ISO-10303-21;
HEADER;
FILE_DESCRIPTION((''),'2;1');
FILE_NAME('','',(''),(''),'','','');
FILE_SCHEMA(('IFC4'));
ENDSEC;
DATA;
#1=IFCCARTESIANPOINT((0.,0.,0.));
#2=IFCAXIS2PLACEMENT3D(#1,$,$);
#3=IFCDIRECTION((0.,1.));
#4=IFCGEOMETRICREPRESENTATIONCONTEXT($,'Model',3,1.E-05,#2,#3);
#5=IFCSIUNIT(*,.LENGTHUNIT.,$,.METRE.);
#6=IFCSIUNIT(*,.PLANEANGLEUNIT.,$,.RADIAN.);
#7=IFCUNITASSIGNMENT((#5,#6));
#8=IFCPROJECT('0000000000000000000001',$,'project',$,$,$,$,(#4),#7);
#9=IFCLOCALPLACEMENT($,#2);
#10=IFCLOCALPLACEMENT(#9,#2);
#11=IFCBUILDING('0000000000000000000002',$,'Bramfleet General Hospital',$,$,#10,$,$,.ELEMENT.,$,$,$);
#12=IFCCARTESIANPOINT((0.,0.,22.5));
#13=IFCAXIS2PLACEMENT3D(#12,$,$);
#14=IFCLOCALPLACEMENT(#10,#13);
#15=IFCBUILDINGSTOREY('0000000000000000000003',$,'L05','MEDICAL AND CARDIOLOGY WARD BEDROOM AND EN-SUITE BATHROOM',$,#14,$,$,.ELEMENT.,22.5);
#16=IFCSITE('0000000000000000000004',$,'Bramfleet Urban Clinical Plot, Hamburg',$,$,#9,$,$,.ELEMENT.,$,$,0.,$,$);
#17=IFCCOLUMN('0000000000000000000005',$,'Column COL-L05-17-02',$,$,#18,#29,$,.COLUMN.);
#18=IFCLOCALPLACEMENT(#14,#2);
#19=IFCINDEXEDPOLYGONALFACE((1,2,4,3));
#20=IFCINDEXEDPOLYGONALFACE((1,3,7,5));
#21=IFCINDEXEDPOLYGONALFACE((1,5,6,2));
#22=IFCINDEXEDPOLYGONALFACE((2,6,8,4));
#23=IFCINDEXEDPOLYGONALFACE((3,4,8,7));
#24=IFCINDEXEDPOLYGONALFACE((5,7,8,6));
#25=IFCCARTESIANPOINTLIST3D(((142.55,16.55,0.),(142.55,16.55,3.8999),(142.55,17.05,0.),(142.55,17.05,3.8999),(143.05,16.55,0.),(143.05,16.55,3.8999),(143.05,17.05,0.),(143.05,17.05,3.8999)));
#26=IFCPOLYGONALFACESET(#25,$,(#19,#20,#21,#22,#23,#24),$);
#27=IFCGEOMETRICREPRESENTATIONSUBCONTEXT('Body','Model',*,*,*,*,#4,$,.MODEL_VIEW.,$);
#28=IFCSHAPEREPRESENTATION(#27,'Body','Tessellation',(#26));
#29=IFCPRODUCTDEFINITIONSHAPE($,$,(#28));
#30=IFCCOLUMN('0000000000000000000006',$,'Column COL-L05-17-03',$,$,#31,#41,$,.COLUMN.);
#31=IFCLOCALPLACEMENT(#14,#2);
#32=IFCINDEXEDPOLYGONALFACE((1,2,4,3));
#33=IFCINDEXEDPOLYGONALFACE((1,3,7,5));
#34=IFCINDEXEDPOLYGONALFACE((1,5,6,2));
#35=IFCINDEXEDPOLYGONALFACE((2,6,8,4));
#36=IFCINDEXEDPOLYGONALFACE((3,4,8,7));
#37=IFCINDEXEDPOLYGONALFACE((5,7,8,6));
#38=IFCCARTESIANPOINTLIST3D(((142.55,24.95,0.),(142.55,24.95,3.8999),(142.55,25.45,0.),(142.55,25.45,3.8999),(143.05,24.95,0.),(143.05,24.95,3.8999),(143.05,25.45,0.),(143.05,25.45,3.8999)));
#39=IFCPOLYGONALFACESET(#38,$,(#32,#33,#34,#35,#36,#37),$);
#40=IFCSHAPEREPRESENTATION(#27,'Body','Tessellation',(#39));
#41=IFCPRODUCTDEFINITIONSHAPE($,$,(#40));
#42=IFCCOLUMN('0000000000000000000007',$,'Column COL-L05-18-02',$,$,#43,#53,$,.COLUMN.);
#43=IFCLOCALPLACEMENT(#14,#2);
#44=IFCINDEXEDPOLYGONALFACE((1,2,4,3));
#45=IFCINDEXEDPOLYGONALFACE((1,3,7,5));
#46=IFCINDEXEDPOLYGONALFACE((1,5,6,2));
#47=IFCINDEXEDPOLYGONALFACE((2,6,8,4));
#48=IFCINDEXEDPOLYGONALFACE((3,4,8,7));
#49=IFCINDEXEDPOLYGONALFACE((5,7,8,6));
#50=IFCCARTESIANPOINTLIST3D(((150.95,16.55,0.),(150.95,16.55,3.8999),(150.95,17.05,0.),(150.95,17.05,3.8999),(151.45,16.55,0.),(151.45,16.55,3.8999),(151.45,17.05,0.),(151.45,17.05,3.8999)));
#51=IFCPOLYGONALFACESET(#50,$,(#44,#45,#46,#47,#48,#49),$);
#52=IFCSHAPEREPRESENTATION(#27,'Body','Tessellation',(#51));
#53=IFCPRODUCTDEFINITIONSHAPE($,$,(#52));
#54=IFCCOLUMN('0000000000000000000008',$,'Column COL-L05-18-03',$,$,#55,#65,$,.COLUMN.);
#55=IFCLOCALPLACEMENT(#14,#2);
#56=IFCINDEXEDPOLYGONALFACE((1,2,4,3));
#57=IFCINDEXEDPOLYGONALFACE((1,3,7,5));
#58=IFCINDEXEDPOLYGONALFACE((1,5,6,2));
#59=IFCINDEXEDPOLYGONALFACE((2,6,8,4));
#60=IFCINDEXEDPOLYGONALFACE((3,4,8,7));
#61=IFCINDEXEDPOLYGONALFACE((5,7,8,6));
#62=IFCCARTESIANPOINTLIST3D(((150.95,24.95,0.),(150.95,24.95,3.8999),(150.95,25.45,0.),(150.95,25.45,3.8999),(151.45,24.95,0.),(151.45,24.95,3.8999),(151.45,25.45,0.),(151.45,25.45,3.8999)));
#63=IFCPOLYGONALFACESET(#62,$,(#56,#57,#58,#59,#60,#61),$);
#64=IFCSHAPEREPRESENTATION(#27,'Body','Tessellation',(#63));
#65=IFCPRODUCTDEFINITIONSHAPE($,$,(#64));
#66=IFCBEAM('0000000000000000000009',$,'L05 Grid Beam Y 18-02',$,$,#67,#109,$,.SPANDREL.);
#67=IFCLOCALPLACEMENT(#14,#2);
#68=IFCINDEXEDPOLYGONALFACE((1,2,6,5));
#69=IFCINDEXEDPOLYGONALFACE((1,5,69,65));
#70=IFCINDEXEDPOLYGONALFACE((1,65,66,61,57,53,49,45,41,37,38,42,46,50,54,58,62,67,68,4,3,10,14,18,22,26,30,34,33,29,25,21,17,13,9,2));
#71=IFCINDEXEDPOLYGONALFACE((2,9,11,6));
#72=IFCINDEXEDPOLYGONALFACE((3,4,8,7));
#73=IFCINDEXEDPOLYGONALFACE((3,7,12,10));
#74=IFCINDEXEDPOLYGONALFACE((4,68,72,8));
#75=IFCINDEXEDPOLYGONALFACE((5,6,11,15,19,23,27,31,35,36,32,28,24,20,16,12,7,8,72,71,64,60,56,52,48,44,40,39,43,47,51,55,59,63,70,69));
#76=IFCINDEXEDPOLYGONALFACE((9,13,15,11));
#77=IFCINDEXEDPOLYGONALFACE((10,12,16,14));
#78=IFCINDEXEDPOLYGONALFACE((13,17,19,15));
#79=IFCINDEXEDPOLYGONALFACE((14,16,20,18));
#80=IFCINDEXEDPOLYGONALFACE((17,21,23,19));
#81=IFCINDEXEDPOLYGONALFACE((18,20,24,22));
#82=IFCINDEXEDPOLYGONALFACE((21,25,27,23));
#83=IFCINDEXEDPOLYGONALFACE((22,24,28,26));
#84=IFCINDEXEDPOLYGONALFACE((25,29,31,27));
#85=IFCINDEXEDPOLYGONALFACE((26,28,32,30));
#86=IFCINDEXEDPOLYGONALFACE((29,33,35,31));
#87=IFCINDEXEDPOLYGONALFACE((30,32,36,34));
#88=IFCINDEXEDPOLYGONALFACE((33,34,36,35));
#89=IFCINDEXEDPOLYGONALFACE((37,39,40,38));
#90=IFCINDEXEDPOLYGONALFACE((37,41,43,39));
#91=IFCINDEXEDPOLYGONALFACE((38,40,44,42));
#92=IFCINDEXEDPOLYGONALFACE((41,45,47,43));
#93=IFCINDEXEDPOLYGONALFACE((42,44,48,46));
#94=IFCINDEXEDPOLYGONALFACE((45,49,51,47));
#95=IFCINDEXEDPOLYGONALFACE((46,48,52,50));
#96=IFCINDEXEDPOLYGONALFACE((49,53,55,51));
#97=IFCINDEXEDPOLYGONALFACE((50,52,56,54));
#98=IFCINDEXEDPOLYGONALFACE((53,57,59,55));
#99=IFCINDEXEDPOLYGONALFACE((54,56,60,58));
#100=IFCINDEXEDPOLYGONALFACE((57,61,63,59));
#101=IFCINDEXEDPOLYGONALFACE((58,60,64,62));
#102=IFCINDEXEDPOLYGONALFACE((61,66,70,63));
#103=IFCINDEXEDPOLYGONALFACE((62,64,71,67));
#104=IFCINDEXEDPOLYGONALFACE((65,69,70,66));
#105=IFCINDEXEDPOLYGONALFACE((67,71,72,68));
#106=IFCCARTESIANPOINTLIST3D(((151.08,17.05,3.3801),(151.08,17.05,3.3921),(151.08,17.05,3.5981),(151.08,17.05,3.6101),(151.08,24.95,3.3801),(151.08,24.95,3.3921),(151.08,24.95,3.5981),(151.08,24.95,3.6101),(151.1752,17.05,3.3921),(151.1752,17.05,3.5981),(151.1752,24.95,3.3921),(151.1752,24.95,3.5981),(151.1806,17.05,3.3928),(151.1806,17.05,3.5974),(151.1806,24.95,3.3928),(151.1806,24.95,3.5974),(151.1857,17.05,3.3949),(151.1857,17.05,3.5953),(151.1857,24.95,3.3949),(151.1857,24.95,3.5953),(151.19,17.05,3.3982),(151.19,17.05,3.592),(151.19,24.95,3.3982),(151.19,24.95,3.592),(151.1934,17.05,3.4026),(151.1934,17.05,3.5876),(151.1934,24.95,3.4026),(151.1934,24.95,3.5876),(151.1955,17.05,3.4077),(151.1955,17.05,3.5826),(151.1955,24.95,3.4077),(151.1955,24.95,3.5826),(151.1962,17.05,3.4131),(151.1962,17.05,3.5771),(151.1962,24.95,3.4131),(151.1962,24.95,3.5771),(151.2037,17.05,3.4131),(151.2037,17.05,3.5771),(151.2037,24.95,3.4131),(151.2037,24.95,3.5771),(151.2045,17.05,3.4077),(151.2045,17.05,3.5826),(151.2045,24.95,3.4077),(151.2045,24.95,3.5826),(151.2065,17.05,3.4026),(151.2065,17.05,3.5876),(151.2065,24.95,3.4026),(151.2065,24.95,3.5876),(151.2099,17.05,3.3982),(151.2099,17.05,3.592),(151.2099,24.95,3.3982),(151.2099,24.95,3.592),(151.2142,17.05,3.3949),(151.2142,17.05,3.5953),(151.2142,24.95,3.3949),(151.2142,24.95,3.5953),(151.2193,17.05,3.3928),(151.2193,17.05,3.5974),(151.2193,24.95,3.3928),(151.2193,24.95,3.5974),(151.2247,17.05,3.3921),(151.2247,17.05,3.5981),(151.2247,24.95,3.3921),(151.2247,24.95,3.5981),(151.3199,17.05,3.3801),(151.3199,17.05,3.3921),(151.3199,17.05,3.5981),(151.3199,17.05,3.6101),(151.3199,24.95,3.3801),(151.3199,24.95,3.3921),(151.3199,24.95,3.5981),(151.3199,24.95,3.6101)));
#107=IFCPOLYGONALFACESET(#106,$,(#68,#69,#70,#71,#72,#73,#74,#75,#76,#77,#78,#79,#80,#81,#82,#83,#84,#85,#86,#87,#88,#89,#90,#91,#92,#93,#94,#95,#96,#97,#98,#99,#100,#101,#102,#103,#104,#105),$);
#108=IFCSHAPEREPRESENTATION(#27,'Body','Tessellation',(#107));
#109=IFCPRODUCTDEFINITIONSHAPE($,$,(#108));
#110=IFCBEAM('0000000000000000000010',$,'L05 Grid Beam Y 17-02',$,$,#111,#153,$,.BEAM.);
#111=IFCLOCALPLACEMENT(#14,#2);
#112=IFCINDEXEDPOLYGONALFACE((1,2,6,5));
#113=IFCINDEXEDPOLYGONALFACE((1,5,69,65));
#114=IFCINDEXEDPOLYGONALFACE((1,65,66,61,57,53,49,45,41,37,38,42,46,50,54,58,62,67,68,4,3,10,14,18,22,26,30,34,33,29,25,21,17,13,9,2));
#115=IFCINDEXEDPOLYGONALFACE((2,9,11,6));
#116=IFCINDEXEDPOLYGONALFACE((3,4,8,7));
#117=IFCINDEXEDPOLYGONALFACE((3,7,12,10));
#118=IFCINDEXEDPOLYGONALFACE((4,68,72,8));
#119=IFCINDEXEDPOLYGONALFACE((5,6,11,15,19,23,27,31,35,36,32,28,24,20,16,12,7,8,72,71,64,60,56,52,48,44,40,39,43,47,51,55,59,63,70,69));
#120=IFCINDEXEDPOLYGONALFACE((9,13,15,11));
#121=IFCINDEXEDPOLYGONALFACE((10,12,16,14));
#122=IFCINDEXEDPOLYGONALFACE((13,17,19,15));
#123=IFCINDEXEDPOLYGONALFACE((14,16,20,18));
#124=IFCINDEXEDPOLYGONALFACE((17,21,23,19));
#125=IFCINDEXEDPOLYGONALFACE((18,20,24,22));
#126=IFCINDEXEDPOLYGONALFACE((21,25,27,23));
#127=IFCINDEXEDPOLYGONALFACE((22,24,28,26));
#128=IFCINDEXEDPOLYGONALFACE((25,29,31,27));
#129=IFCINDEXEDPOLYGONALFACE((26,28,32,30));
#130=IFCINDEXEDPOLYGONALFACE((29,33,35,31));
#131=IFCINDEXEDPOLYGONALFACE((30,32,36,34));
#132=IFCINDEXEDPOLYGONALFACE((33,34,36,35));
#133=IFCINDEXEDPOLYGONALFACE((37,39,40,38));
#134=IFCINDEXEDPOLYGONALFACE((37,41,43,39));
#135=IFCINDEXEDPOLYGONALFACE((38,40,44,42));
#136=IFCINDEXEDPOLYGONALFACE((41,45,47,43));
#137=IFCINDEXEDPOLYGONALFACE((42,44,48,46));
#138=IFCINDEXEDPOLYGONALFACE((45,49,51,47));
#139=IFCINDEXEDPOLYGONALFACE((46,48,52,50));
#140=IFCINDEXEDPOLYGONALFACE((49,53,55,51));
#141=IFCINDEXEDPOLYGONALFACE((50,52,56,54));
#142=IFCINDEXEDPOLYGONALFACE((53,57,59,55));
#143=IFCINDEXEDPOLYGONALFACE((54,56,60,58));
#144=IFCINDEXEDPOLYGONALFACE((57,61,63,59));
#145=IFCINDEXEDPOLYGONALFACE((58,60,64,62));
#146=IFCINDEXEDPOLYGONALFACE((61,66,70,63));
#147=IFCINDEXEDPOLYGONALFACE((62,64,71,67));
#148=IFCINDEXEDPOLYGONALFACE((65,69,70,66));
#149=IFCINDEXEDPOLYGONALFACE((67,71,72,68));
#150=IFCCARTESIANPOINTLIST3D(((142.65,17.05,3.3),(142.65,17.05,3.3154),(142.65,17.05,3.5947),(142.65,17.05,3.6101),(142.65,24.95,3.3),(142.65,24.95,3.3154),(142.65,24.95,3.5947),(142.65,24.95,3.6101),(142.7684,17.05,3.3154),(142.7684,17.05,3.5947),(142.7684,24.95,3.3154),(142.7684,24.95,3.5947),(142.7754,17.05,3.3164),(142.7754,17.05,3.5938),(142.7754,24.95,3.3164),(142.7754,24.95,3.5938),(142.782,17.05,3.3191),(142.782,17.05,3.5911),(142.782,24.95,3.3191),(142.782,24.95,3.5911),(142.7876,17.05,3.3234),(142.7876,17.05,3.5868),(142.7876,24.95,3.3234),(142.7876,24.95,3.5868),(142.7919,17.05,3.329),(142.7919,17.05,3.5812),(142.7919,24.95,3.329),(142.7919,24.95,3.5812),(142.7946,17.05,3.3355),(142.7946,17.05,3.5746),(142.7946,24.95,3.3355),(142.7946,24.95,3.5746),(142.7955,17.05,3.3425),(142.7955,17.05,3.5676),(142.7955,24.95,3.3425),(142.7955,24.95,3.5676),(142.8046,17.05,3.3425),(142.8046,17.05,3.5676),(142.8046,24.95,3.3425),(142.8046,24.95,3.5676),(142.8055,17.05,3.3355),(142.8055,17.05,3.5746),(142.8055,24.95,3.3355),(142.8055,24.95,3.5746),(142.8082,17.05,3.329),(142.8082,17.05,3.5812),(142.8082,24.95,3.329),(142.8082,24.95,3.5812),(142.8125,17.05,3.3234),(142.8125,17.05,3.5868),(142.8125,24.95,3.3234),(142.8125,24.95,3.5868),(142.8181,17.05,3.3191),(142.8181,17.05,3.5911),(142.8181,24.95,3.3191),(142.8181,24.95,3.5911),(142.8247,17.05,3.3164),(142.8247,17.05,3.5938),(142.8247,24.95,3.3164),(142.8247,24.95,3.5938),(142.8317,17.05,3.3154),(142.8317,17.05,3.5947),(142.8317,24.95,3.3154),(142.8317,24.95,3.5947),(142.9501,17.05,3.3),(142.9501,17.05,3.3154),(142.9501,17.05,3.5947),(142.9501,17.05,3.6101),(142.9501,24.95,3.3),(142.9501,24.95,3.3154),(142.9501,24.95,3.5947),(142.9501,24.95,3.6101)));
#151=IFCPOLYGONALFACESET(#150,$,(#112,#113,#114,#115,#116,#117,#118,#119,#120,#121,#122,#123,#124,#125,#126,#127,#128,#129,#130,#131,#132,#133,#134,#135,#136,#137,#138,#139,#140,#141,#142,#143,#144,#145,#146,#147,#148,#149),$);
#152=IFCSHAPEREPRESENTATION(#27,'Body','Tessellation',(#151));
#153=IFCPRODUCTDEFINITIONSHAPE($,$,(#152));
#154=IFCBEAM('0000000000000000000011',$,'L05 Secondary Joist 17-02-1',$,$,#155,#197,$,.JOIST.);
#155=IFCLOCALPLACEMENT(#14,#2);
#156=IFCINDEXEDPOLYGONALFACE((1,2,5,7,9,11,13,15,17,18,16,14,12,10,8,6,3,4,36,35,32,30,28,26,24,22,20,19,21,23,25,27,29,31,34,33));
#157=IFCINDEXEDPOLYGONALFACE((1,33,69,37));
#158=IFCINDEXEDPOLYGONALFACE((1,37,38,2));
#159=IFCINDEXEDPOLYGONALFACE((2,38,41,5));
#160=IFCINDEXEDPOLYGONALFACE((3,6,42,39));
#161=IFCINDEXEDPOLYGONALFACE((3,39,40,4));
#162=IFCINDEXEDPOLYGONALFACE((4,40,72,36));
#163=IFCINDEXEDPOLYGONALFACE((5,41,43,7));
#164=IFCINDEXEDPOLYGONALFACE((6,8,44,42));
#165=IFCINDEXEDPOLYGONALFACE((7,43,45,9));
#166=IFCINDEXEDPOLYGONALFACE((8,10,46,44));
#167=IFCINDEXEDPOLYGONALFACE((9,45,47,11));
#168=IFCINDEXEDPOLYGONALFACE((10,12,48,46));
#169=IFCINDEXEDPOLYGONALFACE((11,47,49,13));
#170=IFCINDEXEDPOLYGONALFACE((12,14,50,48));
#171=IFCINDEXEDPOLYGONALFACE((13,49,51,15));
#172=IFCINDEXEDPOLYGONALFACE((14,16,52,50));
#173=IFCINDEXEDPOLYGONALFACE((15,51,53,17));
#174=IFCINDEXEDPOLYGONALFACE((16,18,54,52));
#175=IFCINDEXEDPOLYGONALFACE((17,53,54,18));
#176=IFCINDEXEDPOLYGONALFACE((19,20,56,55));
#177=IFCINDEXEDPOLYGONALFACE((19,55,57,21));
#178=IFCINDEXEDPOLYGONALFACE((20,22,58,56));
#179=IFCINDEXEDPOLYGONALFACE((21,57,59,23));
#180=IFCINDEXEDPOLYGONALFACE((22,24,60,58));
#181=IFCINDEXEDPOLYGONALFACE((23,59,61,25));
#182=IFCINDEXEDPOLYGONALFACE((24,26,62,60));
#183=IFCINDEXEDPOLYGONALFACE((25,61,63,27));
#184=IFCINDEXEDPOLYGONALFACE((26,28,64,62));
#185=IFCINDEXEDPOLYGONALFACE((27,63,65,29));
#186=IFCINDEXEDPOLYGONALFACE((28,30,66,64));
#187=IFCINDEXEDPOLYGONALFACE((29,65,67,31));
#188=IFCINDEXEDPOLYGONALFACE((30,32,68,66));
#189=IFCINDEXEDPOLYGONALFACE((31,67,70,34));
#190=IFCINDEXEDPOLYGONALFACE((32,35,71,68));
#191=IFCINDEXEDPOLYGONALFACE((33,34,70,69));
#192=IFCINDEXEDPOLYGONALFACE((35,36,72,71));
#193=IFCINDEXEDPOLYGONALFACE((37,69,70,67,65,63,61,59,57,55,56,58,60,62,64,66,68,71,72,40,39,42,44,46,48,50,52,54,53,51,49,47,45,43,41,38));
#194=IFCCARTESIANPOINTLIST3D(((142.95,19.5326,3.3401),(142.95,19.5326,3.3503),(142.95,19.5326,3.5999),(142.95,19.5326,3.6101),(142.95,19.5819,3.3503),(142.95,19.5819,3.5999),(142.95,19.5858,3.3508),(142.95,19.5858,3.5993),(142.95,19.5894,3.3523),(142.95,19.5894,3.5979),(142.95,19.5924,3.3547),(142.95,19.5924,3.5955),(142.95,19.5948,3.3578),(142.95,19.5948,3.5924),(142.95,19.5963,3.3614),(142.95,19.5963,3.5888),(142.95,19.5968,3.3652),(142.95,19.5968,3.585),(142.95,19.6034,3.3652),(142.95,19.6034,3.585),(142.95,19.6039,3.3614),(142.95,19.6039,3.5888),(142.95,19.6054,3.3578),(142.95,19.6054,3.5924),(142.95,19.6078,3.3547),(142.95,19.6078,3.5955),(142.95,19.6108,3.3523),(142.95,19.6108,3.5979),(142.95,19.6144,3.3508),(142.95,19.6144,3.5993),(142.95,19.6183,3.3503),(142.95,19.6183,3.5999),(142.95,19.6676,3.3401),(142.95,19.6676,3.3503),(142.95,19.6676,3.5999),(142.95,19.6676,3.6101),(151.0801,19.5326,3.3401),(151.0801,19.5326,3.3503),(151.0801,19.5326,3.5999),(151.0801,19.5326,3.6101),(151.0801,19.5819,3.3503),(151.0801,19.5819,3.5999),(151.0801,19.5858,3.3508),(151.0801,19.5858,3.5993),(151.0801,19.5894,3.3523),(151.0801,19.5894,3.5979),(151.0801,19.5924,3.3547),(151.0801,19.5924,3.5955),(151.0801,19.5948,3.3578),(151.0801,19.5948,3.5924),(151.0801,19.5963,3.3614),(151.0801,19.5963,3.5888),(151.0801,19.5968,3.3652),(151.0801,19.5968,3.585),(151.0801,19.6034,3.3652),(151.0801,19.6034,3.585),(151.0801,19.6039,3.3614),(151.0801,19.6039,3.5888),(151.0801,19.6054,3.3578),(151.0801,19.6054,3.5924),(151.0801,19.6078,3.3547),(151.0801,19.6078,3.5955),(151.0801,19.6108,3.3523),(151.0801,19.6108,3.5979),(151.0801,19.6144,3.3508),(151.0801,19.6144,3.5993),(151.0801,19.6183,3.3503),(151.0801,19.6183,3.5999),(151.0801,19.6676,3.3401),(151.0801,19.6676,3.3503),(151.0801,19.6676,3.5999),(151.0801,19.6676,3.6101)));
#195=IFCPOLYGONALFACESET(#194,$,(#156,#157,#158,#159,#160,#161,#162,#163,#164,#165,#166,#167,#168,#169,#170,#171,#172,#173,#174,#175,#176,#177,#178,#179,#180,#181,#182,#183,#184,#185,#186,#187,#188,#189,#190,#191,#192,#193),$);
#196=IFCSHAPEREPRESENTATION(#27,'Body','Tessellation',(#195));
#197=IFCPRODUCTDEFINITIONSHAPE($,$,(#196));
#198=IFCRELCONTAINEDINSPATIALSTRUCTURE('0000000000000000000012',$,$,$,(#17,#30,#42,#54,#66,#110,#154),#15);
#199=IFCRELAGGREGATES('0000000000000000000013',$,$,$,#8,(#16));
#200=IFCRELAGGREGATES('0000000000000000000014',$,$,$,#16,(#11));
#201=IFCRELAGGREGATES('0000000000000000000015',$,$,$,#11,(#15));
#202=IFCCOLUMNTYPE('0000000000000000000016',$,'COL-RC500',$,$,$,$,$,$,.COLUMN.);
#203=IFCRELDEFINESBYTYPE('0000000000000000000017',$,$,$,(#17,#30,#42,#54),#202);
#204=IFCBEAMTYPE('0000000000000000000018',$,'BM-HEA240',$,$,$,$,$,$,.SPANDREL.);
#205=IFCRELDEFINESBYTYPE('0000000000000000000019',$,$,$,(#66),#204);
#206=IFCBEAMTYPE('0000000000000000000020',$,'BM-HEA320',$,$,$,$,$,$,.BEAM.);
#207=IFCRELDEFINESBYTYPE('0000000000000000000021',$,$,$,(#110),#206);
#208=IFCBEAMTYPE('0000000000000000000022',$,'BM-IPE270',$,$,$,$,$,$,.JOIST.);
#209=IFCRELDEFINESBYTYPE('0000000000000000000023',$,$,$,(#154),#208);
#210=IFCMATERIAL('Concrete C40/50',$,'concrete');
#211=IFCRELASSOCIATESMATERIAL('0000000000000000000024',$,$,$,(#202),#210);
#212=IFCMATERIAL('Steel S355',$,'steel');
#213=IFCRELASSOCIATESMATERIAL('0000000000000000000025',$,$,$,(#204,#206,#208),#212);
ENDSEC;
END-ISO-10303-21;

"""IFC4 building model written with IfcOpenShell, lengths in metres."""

from ifc_helpers import new_model, si_unit, direction, frame, origin, origin_2d, place, context, subcontext, project, spatial, rectangle, i_section, extrude, material, material_profile, profile_set, type_object, element, save


model = new_model("IFC4")

# Units and contexts
model_context = context("Model", 3, precision=1e-05, world=origin(), true_north=direction((0.0, 1.0)))
body_context = subcontext(model_context, "Body", "Model", "MODEL_VIEW")
ifc_project = project(units=[si_unit("LENGTHUNIT", "METRE"), si_unit("PLANEANGLEUNIT", "RADIAN")], contexts=[model_context])

# Site, building, storey
site_placement = place(None, origin())
site = spatial("IfcSite", under=ifc_project, at=site_placement, Name="Bramfleet Urban Clinical Plot, Hamburg", CompositionType="ELEMENT", RefElevation=0.0)
building_placement = place(site_placement, origin())
building = spatial("IfcBuilding", under=site, at=building_placement, Name="Bramfleet General Hospital", CompositionType="ELEMENT")
storey_placement = place(building_placement, frame((0.0, 0.0, 22.5)))
storey = spatial("IfcBuildingStorey", under=building, at=storey_placement, Name="L05", Description="MEDICAL AND CARDIOLOGY WARD BEDROOM AND EN-SUITE BATHROOM", CompositionType="ELEMENT", Elevation=22.5)

# Columns
ifc_material_1 = material(Name="Concrete C40/50", Category="concrete")
ifc_material_profile_1 = material_profile(ifc_material_1, rectangle(XDim=0.5, YDim=0.5, at=origin_2d()), Name="RC COL 500x500")
ifc_profile_set_1 = profile_set([ifc_material_profile_1], Name="Concrete C40/50")
column_type = type_object("IfcColumnType", Name="COL-RC500", PredefinedType="COLUMN", material=ifc_profile_set_1)
for number, where, z_axis, x_axis, name in (
    (1, (142.8, 16.8, 0.0), (0.0, 0.0, 1.0), (1.0, 0.0, 0.0), "Column COL-L05-17-02"),
    (2, (142.8, 25.2, 0.0), (0.0, 0.0, 1.0), (1.0, 0.0, 0.0), "Column COL-L05-17-03"),
    (3, (151.2, 16.8, 0.0), (0.0, 0.0, 1.0), (1.0, 0.0, 0.0), "Column COL-L05-18-02"),
    (4, (151.2, 25.2, 0.0), (0.0, 0.0, 1.0), (1.0, 0.0, 0.0), "Column COL-L05-18-03"),
):
    element("IfcColumn", number, at=place(storey_placement, frame(where, z_axis=z_axis, x_axis=x_axis)), inside=storey, type_object=column_type, Name=name, PredefinedType="COLUMN", context=body_context, shape_type="SweptSolid", body=[
        extrude(rectangle(XDim=0.5, YDim=0.5, at=origin_2d()), origin(), (0.0, 0.0, 1.0), 3.8999),
    ])

# Beams
ifc_material_2 = material(Name="Steel S355", Category="steel")
ifc_material_profile_2 = material_profile(ifc_material_2, i_section(OverallWidth=0.24, OverallDepth=0.23, WebThickness=0.0076, FlangeThickness=0.012, FilletRadius=0.021, at=origin_2d()), Name="HEA 240")
ifc_profile_set_2 = profile_set([ifc_material_profile_2], Name="Steel S355")
beam_type_1 = type_object("IfcBeamType", Name="BM-HEA240", PredefinedType="SPANDREL", material=ifc_profile_set_2)
beam_1_placement = place(storey_placement, frame((151.2, 17.05, 3.4951), z_axis=(0.0, 1.0, 0.0), x_axis=(-1.0, 0.0, 0.0)))
element("IfcBeam", 5, at=beam_1_placement, inside=storey, type_object=beam_type_1, Name="L05 Grid Beam Y 18-02", PredefinedType="SPANDREL", context=body_context, shape_type="SweptSolid", body=[
    extrude(i_section(OverallWidth=0.24, OverallDepth=0.23, WebThickness=0.0076, FlangeThickness=0.012, FilletRadius=0.021, at=origin_2d()), origin(), (0.0, 0.0, 1.0), 7.8999),
])
ifc_material_profile_3 = material_profile(ifc_material_2, i_section(OverallWidth=0.3, OverallDepth=0.3101, WebThickness=0.009, FlangeThickness=0.0154, FilletRadius=0.0271, at=origin_2d()), Name="HEA 320")
ifc_profile_set_3 = profile_set([ifc_material_profile_3], Name="Steel S355")
beam_type_2 = type_object("IfcBeamType", Name="BM-HEA320", PredefinedType="BEAM", material=ifc_profile_set_3)
beam_2_placement = place(storey_placement, frame((142.8, 17.05, 3.4551), z_axis=(0.0, 1.0, 0.0), x_axis=(-1.0, 0.0, 0.0)))
element("IfcBeam", 6, at=beam_2_placement, inside=storey, type_object=beam_type_2, Name="L05 Grid Beam Y 17-02", PredefinedType="BEAM", context=body_context, shape_type="SweptSolid", body=[
    extrude(i_section(OverallWidth=0.3, OverallDepth=0.3101, WebThickness=0.009, FlangeThickness=0.0154, FilletRadius=0.0271, at=origin_2d()), origin(), (0.0, 0.0, 1.0), 7.8999),
])
ifc_material_profile_4 = material_profile(ifc_material_2, i_section(OverallWidth=0.135, OverallDepth=0.27, WebThickness=0.0066, FlangeThickness=0.0103, FilletRadius=0.0149, at=origin_2d()), Name="IPE 270")
ifc_profile_set_4 = profile_set([ifc_material_profile_4], Name="Steel S355")
beam_type_3 = type_object("IfcBeamType", Name="BM-IPE270", PredefinedType="JOIST", material=ifc_profile_set_4)
for number, where, z_axis, x_axis, name in (
    (7, (142.95, 19.6001, 3.4751), (1.0, 0.0, 0.0), (0.0, 1.0, 0.0), "L05 Secondary Joist 17-02-1"),
):
    element("IfcBeam", number, at=place(storey_placement, frame(where, z_axis=z_axis, x_axis=x_axis)), inside=storey, type_object=beam_type_3, Name=name, PredefinedType="JOIST", context=body_context, shape_type="SweptSolid", body=[
        extrude(i_section(OverallWidth=0.135, OverallDepth=0.27, WebThickness=0.0066, FlangeThickness=0.0103, FilletRadius=0.0149, at=origin_2d()), origin(), (0.0, 0.0, 1.0), 8.1301),
    ])

save(model, "model.ifc")
